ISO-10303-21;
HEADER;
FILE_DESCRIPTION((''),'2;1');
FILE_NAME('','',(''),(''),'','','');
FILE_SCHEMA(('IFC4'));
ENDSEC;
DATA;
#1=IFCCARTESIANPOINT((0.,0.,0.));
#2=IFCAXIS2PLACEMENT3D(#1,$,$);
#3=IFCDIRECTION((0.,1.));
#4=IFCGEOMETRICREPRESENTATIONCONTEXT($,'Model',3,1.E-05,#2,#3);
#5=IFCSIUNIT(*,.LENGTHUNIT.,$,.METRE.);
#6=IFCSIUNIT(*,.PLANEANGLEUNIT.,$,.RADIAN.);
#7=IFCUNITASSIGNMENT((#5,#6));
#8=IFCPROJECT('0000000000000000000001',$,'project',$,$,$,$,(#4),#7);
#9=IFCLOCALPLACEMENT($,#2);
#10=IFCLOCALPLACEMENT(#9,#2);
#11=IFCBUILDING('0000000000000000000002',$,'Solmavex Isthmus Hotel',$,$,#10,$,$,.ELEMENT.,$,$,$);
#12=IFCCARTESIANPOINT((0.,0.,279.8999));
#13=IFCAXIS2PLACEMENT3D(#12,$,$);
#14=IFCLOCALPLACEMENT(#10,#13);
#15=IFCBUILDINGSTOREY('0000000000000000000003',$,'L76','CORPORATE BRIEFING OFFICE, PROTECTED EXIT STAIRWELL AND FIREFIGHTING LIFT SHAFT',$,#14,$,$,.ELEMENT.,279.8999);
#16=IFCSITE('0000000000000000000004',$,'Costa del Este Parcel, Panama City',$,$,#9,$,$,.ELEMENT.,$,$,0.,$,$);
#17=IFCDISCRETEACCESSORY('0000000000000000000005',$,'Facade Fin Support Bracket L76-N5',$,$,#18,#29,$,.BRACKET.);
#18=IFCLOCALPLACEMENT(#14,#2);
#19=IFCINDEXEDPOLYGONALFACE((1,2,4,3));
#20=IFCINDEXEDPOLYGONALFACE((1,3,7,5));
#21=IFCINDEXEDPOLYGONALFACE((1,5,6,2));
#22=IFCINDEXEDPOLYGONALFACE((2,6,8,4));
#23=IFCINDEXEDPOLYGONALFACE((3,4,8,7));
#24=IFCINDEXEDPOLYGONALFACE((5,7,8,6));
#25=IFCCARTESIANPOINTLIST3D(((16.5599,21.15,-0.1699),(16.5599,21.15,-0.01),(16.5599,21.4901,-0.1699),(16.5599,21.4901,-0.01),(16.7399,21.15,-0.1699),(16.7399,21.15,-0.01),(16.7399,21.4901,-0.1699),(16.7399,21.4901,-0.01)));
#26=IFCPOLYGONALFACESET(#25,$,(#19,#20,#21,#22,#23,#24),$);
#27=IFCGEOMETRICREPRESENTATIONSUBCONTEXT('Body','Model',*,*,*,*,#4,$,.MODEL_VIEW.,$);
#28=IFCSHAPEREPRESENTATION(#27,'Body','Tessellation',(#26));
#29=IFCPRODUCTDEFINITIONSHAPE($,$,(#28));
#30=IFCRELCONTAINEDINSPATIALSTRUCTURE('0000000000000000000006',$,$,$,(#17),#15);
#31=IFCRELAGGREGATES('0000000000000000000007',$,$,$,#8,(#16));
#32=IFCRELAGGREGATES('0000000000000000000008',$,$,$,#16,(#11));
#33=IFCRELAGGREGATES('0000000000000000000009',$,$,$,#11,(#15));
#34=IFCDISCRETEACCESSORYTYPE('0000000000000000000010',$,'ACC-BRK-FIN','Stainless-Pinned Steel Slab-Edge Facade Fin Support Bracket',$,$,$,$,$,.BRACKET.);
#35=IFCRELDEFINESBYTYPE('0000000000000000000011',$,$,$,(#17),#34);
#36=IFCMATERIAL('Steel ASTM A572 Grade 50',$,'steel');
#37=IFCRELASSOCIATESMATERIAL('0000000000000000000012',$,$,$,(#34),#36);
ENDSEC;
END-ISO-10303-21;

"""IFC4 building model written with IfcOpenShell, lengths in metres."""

from ifc_helpers import new_model, si_unit, direction, frame, origin, origin_2d, place, context, subcontext, project, spatial, rectangle, extrude, material, type_object, element, save


model = new_model("IFC4")

# Units and contexts
model_context = context("Model", 3, precision=1e-05, world=origin(), true_north=direction((0.0, 1.0)))
body_context = subcontext(model_context, "Body", "Model", "MODEL_VIEW")
ifc_project = project(units=[si_unit("LENGTHUNIT", "METRE"), si_unit("PLANEANGLEUNIT", "RADIAN")], contexts=[model_context])

# Site, building, storey
site_placement = place(None, origin())
site = spatial("IfcSite", under=ifc_project, at=site_placement, Name="Costa del Este Parcel, Panama City", CompositionType="ELEMENT", RefElevation=0.0)
building_placement = place(site_placement, origin())
building = spatial("IfcBuilding", under=site, at=building_placement, Name="Solmavex Isthmus Hotel", CompositionType="ELEMENT")
storey_placement = place(building_placement, frame((0.0, 0.0, 279.8999)))
storey = spatial("IfcBuildingStorey", under=building, at=storey_placement, Name="L76", Description="CORPORATE BRIEFING OFFICE, PROTECTED EXIT STAIRWELL AND FIREFIGHTING LIFT SHAFT", CompositionType="ELEMENT", Elevation=279.8999)

# Discrete accessory
ifc_material_1 = material(Name="Steel ASTM A572 Grade 50", Category="steel")
discrete_accessory_type = type_object("IfcDiscreteAccessoryType", Name="ACC-BRK-FIN", Description="Stainless-Pinned Steel Slab-Edge Facade Fin Support Bracket", PredefinedType="BRACKET", material=ifc_material_1)
discrete_accessory_placement = place(storey_placement, frame((16.6499, 21.3201, -0.1699), z_axis=(0.0, 0.0, 1.0), x_axis=(0.0, 1.0, 0.0)))
element("IfcDiscreteAccessory", 1, at=discrete_accessory_placement, inside=storey, type_object=discrete_accessory_type, Name="Facade Fin Support Bracket L76-N5", PredefinedType="BRACKET", context=body_context, shape_type="SweptSolid", body=[
    extrude(rectangle(XDim=0.3401, YDim=0.1799, at=origin_2d()), origin(), (0.0, 0.0, 1.0), 0.1599),
])

save(model, "model.ifc")
